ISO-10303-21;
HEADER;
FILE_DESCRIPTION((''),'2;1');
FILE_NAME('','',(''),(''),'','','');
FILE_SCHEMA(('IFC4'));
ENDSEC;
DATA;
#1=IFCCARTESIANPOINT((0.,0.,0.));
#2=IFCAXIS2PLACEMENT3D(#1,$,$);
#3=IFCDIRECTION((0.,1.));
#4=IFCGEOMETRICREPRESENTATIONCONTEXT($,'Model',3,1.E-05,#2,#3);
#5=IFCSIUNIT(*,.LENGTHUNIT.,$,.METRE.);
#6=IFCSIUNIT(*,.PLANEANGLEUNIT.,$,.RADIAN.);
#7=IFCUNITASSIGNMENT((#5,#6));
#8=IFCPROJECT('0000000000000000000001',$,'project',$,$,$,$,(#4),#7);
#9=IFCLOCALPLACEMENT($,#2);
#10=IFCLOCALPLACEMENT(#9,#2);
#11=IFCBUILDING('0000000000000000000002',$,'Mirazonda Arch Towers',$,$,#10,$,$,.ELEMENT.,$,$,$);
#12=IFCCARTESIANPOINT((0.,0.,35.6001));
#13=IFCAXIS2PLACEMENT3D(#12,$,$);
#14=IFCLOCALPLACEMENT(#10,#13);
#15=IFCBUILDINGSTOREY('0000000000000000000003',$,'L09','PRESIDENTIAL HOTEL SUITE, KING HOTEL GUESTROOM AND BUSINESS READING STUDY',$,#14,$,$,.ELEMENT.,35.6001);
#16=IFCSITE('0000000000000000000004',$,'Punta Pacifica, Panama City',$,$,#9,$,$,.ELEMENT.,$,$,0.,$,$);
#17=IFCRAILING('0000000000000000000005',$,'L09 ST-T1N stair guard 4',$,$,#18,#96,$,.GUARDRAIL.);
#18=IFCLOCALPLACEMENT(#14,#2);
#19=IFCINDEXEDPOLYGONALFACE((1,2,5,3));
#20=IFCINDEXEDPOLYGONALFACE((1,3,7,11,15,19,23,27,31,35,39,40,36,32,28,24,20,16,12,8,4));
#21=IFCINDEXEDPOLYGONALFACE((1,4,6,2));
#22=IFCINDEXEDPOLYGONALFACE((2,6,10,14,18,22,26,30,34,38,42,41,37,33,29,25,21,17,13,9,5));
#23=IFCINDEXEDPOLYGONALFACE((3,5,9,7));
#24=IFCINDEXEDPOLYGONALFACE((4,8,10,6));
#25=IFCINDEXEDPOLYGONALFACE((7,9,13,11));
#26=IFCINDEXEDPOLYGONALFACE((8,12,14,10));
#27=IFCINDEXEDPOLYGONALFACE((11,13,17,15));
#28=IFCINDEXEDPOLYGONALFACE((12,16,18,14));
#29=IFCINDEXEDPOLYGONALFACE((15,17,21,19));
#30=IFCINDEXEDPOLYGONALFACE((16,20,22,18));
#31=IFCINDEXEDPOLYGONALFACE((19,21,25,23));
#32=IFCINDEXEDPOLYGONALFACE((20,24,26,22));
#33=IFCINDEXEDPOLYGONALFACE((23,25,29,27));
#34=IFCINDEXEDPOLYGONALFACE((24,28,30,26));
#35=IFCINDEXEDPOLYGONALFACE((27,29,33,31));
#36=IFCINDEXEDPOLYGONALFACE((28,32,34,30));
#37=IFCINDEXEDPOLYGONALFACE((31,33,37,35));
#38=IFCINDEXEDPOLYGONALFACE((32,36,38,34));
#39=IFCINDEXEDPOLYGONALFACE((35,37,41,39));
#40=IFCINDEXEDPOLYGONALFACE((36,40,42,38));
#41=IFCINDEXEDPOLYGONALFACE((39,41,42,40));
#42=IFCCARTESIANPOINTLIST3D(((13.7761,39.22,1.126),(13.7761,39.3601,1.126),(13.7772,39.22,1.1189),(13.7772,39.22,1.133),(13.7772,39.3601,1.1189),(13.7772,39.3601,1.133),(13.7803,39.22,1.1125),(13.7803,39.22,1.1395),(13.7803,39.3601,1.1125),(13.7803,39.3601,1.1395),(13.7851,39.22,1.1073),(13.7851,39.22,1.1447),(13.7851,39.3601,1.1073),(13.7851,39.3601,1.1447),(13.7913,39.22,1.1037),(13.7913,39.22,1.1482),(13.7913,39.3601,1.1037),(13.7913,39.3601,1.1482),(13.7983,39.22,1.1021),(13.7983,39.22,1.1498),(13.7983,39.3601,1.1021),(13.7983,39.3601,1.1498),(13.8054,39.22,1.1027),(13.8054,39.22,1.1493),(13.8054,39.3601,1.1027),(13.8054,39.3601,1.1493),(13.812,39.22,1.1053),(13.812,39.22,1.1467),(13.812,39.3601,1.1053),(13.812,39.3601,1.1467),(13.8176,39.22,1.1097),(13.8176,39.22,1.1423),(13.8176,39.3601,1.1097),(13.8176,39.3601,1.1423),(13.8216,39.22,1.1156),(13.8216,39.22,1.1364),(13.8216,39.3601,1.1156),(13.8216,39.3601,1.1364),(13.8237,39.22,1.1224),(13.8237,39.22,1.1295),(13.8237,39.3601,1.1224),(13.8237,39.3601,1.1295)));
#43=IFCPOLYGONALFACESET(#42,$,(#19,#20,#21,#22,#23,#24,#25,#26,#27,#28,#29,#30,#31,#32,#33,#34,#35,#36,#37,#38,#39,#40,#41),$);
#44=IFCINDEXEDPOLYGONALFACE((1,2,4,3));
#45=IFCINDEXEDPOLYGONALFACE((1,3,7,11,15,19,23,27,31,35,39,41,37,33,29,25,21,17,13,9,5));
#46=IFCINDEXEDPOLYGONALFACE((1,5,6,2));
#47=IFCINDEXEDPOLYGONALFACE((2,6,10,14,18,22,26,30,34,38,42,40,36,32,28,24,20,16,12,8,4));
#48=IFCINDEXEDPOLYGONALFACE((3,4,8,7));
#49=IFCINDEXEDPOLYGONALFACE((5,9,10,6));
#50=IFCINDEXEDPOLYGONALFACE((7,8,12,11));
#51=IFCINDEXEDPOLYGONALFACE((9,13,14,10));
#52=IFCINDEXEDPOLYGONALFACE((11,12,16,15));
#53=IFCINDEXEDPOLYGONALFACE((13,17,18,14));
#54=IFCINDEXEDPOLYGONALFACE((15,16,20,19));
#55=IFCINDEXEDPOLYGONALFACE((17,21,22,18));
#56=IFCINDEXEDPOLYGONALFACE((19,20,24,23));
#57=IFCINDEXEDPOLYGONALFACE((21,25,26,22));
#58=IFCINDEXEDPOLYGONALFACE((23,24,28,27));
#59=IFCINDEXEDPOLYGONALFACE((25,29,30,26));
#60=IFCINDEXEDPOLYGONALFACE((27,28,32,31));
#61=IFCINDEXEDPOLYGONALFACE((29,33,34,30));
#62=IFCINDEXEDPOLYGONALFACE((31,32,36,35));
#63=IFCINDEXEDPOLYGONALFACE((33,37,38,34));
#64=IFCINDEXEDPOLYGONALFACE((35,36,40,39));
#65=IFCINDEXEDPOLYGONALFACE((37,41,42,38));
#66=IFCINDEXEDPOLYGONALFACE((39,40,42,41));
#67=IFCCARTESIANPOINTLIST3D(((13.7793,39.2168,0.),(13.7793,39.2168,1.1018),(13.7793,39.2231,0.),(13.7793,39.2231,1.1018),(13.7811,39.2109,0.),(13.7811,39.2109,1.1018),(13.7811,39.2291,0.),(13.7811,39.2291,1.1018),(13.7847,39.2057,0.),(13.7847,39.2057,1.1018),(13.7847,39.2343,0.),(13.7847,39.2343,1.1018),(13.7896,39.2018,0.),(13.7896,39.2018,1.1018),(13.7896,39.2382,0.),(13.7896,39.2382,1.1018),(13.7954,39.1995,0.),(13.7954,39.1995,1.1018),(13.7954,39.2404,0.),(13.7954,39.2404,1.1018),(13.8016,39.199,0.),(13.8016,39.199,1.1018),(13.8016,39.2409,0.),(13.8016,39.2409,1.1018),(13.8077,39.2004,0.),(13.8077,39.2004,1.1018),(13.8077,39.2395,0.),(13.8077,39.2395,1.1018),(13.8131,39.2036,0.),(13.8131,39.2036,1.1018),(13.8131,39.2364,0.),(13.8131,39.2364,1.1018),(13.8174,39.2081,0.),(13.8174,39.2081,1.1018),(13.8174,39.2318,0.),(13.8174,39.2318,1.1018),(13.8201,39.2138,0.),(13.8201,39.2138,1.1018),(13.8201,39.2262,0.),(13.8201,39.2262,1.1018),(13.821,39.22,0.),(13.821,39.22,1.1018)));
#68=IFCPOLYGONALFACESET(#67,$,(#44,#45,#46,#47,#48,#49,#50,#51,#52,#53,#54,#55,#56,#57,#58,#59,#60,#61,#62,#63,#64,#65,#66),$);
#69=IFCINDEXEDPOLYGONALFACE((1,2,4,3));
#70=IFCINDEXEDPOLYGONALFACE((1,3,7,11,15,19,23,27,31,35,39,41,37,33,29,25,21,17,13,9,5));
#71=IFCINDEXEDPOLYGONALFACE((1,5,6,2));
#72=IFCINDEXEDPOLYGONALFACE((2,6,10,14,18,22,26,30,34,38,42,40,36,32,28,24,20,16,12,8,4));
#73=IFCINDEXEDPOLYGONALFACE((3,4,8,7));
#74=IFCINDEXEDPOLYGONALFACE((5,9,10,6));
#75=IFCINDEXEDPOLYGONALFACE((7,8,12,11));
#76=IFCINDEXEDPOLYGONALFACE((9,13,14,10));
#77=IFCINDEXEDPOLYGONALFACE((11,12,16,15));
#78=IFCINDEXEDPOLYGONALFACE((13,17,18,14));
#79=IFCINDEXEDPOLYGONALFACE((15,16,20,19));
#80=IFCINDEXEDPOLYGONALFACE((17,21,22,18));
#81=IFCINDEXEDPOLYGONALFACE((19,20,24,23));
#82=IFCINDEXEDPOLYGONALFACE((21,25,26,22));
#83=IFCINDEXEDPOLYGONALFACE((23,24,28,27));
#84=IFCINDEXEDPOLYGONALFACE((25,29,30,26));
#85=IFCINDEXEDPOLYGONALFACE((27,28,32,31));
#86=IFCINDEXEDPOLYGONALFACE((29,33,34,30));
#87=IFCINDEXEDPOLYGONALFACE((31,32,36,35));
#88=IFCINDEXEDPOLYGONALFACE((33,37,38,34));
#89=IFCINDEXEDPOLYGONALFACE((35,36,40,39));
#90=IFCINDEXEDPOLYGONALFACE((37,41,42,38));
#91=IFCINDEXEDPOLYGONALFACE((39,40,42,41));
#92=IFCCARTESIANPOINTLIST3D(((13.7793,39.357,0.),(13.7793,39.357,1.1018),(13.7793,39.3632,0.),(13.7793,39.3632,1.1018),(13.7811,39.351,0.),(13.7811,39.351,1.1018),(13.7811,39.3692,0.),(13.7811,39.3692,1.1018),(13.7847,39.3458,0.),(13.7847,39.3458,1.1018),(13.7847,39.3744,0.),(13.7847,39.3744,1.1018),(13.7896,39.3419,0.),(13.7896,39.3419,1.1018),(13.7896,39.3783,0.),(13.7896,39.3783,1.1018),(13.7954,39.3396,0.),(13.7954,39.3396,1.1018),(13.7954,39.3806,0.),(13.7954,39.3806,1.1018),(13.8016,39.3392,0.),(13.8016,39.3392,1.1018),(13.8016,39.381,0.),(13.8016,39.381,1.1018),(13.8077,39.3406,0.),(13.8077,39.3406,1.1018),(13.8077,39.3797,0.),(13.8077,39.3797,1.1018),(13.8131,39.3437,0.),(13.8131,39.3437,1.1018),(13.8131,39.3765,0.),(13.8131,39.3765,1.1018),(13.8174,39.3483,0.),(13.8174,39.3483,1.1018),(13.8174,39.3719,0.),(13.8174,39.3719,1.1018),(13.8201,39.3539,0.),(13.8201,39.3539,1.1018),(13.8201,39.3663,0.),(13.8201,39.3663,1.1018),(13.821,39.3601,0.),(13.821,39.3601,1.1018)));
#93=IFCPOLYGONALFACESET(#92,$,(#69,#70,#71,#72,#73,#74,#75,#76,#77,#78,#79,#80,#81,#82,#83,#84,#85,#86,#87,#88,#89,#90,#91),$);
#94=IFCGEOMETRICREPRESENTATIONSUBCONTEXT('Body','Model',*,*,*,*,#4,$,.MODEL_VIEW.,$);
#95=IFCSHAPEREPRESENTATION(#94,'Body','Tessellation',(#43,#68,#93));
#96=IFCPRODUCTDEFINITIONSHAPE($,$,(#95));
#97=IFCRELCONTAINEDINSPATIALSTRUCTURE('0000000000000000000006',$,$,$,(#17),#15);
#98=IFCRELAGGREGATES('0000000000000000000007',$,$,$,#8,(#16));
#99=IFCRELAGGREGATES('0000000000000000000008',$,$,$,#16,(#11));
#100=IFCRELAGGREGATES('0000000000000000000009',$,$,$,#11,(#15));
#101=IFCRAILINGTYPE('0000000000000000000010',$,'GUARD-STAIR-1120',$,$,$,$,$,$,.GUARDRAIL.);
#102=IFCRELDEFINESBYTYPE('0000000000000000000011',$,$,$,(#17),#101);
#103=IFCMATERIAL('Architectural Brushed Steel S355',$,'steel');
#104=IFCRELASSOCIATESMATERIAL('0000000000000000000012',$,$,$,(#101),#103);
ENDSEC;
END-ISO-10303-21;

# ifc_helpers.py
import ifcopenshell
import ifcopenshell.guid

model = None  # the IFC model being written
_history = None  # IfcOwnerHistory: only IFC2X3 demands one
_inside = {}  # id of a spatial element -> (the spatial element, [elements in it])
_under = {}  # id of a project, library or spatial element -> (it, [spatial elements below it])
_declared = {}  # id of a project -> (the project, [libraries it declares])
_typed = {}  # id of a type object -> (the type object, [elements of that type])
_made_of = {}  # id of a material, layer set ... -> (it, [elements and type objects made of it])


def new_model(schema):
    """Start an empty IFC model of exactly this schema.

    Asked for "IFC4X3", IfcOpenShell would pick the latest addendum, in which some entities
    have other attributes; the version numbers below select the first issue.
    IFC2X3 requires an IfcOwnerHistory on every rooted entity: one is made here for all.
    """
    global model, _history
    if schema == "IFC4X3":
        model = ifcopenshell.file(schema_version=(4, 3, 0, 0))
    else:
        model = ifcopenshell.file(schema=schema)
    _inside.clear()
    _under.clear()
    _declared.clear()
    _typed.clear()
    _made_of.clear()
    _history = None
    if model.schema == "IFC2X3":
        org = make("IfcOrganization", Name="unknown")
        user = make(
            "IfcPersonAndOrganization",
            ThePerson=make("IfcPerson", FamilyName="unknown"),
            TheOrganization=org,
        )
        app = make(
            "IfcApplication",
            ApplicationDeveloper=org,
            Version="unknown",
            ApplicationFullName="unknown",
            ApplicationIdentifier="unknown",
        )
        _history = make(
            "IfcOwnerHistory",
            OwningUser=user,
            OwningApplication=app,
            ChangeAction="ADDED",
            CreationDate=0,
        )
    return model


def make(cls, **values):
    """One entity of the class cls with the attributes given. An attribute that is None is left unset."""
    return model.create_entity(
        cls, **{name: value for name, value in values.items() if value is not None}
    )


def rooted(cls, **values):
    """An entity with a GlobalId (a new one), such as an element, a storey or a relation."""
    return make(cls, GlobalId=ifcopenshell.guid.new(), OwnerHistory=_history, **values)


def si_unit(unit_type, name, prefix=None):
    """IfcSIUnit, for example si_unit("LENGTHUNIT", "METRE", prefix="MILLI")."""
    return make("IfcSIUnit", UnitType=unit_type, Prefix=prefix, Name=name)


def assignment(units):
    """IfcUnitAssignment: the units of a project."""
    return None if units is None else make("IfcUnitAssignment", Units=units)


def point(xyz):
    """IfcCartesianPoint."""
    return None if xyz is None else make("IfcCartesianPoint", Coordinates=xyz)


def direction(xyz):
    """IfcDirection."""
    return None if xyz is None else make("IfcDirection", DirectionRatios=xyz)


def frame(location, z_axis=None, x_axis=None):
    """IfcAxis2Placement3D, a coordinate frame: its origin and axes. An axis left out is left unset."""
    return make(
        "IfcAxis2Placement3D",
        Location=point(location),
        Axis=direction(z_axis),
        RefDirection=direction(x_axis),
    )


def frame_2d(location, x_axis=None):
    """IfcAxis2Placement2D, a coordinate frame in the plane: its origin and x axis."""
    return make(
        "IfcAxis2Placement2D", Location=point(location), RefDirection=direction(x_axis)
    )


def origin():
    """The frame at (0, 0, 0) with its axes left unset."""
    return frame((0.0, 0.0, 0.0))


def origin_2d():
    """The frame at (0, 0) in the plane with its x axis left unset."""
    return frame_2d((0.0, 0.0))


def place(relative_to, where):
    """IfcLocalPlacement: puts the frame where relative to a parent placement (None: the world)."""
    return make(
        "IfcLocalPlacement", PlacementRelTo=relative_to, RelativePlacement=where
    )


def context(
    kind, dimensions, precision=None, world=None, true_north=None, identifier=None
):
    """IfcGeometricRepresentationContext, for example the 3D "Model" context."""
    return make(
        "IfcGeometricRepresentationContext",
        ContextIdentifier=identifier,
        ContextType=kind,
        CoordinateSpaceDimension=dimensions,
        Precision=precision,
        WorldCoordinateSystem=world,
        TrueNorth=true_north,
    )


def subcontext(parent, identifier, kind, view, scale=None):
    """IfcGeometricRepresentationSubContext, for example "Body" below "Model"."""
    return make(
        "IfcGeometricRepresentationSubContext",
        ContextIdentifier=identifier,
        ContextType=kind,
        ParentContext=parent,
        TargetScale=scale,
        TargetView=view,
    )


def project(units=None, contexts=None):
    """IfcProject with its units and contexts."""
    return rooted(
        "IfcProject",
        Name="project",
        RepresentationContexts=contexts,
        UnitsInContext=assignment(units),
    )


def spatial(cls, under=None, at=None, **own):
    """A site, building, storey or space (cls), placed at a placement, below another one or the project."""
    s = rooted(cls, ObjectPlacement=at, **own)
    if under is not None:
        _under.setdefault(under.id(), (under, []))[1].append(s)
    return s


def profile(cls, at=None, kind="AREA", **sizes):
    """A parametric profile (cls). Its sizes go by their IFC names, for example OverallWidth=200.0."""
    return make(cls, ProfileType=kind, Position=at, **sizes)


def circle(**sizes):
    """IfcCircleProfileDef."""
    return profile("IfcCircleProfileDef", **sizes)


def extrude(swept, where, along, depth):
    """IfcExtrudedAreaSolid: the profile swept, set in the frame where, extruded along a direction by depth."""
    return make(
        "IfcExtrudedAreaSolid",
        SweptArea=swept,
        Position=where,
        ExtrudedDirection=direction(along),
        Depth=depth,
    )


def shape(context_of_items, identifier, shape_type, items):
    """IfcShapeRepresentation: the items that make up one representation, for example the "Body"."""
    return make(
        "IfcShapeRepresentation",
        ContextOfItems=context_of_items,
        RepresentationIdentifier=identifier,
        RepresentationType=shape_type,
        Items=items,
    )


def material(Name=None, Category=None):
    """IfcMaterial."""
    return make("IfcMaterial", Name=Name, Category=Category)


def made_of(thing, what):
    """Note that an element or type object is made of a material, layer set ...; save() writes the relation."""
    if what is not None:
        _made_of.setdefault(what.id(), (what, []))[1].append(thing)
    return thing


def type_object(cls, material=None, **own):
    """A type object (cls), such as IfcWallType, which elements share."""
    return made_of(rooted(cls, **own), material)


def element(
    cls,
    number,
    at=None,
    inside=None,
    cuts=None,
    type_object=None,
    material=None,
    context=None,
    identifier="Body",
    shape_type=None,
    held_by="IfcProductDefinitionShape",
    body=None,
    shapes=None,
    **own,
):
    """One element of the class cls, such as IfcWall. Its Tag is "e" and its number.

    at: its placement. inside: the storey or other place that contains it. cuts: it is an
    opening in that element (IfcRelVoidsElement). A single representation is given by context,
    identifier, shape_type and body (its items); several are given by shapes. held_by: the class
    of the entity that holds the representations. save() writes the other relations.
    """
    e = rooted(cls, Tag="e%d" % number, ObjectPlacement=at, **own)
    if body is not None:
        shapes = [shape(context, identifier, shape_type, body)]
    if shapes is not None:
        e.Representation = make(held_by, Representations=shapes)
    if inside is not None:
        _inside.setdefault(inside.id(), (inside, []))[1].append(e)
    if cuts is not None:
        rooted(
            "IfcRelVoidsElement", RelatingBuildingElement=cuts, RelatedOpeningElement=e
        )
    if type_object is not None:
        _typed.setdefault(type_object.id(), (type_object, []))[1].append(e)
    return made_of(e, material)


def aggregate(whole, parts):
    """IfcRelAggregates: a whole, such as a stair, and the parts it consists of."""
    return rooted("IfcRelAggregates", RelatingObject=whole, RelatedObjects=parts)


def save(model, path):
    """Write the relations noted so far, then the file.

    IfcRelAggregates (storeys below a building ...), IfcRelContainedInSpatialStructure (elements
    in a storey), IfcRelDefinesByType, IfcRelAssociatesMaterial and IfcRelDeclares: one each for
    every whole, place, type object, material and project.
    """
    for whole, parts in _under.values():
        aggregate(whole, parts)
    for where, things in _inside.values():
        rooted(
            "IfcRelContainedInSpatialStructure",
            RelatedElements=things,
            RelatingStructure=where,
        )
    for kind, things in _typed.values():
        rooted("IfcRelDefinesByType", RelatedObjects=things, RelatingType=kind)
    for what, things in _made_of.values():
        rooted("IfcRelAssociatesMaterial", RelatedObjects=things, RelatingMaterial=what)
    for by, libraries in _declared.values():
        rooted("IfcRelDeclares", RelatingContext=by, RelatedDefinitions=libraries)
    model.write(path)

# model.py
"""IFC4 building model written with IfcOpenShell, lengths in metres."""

from ifc_helpers import new_model, si_unit, direction, frame, origin, origin_2d, place, context, subcontext, project, spatial, circle, extrude, material, type_object, element, save


model = new_model("IFC4")

# Units and contexts
model_context = context("Model", 3, precision=1e-05, world=origin(), true_north=direction((0.0, 1.0)))
body_context = subcontext(model_context, "Body", "Model", "MODEL_VIEW")
ifc_project = project(units=[si_unit("LENGTHUNIT", "METRE"), si_unit("PLANEANGLEUNIT", "RADIAN")], contexts=[model_context])

# Site, building, storey
site_placement = place(None, origin())
site = spatial("IfcSite", under=ifc_project, at=site_placement, Name="Punta Pacifica, Panama City", CompositionType="ELEMENT", RefElevation=0.0)
building_placement = place(site_placement, origin())
building = spatial("IfcBuilding", under=site, at=building_placement, Name="Mirazonda Arch Towers", CompositionType="ELEMENT")
storey_placement = place(building_placement, frame((0.0, 0.0, 35.6001)))
storey = spatial("IfcBuildingStorey", under=building, at=storey_placement, Name="L09", Description="PRESIDENTIAL HOTEL SUITE, KING HOTEL GUESTROOM AND BUSINESS READING STUDY", CompositionType="ELEMENT", Elevation=35.6001)

# Shared definitions
ifc_material_1 = material(Name="Architectural Brushed Steel S355", Category="steel")

# Railing
railing_type_1 = type_object("IfcRailingType", Name="GUARD-STAIR-1120", PredefinedType="GUARDRAIL", material=ifc_material_1)
railing_1_placement = place(storey_placement, frame((13.8, 39.22, 0.0)))
element("IfcRailing", 1, at=railing_1_placement, inside=storey, type_object=railing_type_1, Name="L09 ST-T1N stair guard 4", PredefinedType="GUARDRAIL", context=body_context, shape_type="SweptSolid", body=[
    extrude(circle(Radius=0.0239, at=origin_2d()), frame((0.0, 0.0, 1.126), z_axis=(0.0, 1.0, 0.0), x_axis=(-1.0, 0.0, 0.0)), (0.0, 0.0, 1.0), 0.1401),
    extrude(circle(Radius=0.021, at=origin_2d()), origin(), (0.0, 0.0, 1.0), 1.1018),
    extrude(circle(Radius=0.021, at=origin_2d()), frame((0.0, 0.1401, 0.0)), (0.0, 0.0, 1.0), 1.1018),
])

save(model, "model.ifc")
